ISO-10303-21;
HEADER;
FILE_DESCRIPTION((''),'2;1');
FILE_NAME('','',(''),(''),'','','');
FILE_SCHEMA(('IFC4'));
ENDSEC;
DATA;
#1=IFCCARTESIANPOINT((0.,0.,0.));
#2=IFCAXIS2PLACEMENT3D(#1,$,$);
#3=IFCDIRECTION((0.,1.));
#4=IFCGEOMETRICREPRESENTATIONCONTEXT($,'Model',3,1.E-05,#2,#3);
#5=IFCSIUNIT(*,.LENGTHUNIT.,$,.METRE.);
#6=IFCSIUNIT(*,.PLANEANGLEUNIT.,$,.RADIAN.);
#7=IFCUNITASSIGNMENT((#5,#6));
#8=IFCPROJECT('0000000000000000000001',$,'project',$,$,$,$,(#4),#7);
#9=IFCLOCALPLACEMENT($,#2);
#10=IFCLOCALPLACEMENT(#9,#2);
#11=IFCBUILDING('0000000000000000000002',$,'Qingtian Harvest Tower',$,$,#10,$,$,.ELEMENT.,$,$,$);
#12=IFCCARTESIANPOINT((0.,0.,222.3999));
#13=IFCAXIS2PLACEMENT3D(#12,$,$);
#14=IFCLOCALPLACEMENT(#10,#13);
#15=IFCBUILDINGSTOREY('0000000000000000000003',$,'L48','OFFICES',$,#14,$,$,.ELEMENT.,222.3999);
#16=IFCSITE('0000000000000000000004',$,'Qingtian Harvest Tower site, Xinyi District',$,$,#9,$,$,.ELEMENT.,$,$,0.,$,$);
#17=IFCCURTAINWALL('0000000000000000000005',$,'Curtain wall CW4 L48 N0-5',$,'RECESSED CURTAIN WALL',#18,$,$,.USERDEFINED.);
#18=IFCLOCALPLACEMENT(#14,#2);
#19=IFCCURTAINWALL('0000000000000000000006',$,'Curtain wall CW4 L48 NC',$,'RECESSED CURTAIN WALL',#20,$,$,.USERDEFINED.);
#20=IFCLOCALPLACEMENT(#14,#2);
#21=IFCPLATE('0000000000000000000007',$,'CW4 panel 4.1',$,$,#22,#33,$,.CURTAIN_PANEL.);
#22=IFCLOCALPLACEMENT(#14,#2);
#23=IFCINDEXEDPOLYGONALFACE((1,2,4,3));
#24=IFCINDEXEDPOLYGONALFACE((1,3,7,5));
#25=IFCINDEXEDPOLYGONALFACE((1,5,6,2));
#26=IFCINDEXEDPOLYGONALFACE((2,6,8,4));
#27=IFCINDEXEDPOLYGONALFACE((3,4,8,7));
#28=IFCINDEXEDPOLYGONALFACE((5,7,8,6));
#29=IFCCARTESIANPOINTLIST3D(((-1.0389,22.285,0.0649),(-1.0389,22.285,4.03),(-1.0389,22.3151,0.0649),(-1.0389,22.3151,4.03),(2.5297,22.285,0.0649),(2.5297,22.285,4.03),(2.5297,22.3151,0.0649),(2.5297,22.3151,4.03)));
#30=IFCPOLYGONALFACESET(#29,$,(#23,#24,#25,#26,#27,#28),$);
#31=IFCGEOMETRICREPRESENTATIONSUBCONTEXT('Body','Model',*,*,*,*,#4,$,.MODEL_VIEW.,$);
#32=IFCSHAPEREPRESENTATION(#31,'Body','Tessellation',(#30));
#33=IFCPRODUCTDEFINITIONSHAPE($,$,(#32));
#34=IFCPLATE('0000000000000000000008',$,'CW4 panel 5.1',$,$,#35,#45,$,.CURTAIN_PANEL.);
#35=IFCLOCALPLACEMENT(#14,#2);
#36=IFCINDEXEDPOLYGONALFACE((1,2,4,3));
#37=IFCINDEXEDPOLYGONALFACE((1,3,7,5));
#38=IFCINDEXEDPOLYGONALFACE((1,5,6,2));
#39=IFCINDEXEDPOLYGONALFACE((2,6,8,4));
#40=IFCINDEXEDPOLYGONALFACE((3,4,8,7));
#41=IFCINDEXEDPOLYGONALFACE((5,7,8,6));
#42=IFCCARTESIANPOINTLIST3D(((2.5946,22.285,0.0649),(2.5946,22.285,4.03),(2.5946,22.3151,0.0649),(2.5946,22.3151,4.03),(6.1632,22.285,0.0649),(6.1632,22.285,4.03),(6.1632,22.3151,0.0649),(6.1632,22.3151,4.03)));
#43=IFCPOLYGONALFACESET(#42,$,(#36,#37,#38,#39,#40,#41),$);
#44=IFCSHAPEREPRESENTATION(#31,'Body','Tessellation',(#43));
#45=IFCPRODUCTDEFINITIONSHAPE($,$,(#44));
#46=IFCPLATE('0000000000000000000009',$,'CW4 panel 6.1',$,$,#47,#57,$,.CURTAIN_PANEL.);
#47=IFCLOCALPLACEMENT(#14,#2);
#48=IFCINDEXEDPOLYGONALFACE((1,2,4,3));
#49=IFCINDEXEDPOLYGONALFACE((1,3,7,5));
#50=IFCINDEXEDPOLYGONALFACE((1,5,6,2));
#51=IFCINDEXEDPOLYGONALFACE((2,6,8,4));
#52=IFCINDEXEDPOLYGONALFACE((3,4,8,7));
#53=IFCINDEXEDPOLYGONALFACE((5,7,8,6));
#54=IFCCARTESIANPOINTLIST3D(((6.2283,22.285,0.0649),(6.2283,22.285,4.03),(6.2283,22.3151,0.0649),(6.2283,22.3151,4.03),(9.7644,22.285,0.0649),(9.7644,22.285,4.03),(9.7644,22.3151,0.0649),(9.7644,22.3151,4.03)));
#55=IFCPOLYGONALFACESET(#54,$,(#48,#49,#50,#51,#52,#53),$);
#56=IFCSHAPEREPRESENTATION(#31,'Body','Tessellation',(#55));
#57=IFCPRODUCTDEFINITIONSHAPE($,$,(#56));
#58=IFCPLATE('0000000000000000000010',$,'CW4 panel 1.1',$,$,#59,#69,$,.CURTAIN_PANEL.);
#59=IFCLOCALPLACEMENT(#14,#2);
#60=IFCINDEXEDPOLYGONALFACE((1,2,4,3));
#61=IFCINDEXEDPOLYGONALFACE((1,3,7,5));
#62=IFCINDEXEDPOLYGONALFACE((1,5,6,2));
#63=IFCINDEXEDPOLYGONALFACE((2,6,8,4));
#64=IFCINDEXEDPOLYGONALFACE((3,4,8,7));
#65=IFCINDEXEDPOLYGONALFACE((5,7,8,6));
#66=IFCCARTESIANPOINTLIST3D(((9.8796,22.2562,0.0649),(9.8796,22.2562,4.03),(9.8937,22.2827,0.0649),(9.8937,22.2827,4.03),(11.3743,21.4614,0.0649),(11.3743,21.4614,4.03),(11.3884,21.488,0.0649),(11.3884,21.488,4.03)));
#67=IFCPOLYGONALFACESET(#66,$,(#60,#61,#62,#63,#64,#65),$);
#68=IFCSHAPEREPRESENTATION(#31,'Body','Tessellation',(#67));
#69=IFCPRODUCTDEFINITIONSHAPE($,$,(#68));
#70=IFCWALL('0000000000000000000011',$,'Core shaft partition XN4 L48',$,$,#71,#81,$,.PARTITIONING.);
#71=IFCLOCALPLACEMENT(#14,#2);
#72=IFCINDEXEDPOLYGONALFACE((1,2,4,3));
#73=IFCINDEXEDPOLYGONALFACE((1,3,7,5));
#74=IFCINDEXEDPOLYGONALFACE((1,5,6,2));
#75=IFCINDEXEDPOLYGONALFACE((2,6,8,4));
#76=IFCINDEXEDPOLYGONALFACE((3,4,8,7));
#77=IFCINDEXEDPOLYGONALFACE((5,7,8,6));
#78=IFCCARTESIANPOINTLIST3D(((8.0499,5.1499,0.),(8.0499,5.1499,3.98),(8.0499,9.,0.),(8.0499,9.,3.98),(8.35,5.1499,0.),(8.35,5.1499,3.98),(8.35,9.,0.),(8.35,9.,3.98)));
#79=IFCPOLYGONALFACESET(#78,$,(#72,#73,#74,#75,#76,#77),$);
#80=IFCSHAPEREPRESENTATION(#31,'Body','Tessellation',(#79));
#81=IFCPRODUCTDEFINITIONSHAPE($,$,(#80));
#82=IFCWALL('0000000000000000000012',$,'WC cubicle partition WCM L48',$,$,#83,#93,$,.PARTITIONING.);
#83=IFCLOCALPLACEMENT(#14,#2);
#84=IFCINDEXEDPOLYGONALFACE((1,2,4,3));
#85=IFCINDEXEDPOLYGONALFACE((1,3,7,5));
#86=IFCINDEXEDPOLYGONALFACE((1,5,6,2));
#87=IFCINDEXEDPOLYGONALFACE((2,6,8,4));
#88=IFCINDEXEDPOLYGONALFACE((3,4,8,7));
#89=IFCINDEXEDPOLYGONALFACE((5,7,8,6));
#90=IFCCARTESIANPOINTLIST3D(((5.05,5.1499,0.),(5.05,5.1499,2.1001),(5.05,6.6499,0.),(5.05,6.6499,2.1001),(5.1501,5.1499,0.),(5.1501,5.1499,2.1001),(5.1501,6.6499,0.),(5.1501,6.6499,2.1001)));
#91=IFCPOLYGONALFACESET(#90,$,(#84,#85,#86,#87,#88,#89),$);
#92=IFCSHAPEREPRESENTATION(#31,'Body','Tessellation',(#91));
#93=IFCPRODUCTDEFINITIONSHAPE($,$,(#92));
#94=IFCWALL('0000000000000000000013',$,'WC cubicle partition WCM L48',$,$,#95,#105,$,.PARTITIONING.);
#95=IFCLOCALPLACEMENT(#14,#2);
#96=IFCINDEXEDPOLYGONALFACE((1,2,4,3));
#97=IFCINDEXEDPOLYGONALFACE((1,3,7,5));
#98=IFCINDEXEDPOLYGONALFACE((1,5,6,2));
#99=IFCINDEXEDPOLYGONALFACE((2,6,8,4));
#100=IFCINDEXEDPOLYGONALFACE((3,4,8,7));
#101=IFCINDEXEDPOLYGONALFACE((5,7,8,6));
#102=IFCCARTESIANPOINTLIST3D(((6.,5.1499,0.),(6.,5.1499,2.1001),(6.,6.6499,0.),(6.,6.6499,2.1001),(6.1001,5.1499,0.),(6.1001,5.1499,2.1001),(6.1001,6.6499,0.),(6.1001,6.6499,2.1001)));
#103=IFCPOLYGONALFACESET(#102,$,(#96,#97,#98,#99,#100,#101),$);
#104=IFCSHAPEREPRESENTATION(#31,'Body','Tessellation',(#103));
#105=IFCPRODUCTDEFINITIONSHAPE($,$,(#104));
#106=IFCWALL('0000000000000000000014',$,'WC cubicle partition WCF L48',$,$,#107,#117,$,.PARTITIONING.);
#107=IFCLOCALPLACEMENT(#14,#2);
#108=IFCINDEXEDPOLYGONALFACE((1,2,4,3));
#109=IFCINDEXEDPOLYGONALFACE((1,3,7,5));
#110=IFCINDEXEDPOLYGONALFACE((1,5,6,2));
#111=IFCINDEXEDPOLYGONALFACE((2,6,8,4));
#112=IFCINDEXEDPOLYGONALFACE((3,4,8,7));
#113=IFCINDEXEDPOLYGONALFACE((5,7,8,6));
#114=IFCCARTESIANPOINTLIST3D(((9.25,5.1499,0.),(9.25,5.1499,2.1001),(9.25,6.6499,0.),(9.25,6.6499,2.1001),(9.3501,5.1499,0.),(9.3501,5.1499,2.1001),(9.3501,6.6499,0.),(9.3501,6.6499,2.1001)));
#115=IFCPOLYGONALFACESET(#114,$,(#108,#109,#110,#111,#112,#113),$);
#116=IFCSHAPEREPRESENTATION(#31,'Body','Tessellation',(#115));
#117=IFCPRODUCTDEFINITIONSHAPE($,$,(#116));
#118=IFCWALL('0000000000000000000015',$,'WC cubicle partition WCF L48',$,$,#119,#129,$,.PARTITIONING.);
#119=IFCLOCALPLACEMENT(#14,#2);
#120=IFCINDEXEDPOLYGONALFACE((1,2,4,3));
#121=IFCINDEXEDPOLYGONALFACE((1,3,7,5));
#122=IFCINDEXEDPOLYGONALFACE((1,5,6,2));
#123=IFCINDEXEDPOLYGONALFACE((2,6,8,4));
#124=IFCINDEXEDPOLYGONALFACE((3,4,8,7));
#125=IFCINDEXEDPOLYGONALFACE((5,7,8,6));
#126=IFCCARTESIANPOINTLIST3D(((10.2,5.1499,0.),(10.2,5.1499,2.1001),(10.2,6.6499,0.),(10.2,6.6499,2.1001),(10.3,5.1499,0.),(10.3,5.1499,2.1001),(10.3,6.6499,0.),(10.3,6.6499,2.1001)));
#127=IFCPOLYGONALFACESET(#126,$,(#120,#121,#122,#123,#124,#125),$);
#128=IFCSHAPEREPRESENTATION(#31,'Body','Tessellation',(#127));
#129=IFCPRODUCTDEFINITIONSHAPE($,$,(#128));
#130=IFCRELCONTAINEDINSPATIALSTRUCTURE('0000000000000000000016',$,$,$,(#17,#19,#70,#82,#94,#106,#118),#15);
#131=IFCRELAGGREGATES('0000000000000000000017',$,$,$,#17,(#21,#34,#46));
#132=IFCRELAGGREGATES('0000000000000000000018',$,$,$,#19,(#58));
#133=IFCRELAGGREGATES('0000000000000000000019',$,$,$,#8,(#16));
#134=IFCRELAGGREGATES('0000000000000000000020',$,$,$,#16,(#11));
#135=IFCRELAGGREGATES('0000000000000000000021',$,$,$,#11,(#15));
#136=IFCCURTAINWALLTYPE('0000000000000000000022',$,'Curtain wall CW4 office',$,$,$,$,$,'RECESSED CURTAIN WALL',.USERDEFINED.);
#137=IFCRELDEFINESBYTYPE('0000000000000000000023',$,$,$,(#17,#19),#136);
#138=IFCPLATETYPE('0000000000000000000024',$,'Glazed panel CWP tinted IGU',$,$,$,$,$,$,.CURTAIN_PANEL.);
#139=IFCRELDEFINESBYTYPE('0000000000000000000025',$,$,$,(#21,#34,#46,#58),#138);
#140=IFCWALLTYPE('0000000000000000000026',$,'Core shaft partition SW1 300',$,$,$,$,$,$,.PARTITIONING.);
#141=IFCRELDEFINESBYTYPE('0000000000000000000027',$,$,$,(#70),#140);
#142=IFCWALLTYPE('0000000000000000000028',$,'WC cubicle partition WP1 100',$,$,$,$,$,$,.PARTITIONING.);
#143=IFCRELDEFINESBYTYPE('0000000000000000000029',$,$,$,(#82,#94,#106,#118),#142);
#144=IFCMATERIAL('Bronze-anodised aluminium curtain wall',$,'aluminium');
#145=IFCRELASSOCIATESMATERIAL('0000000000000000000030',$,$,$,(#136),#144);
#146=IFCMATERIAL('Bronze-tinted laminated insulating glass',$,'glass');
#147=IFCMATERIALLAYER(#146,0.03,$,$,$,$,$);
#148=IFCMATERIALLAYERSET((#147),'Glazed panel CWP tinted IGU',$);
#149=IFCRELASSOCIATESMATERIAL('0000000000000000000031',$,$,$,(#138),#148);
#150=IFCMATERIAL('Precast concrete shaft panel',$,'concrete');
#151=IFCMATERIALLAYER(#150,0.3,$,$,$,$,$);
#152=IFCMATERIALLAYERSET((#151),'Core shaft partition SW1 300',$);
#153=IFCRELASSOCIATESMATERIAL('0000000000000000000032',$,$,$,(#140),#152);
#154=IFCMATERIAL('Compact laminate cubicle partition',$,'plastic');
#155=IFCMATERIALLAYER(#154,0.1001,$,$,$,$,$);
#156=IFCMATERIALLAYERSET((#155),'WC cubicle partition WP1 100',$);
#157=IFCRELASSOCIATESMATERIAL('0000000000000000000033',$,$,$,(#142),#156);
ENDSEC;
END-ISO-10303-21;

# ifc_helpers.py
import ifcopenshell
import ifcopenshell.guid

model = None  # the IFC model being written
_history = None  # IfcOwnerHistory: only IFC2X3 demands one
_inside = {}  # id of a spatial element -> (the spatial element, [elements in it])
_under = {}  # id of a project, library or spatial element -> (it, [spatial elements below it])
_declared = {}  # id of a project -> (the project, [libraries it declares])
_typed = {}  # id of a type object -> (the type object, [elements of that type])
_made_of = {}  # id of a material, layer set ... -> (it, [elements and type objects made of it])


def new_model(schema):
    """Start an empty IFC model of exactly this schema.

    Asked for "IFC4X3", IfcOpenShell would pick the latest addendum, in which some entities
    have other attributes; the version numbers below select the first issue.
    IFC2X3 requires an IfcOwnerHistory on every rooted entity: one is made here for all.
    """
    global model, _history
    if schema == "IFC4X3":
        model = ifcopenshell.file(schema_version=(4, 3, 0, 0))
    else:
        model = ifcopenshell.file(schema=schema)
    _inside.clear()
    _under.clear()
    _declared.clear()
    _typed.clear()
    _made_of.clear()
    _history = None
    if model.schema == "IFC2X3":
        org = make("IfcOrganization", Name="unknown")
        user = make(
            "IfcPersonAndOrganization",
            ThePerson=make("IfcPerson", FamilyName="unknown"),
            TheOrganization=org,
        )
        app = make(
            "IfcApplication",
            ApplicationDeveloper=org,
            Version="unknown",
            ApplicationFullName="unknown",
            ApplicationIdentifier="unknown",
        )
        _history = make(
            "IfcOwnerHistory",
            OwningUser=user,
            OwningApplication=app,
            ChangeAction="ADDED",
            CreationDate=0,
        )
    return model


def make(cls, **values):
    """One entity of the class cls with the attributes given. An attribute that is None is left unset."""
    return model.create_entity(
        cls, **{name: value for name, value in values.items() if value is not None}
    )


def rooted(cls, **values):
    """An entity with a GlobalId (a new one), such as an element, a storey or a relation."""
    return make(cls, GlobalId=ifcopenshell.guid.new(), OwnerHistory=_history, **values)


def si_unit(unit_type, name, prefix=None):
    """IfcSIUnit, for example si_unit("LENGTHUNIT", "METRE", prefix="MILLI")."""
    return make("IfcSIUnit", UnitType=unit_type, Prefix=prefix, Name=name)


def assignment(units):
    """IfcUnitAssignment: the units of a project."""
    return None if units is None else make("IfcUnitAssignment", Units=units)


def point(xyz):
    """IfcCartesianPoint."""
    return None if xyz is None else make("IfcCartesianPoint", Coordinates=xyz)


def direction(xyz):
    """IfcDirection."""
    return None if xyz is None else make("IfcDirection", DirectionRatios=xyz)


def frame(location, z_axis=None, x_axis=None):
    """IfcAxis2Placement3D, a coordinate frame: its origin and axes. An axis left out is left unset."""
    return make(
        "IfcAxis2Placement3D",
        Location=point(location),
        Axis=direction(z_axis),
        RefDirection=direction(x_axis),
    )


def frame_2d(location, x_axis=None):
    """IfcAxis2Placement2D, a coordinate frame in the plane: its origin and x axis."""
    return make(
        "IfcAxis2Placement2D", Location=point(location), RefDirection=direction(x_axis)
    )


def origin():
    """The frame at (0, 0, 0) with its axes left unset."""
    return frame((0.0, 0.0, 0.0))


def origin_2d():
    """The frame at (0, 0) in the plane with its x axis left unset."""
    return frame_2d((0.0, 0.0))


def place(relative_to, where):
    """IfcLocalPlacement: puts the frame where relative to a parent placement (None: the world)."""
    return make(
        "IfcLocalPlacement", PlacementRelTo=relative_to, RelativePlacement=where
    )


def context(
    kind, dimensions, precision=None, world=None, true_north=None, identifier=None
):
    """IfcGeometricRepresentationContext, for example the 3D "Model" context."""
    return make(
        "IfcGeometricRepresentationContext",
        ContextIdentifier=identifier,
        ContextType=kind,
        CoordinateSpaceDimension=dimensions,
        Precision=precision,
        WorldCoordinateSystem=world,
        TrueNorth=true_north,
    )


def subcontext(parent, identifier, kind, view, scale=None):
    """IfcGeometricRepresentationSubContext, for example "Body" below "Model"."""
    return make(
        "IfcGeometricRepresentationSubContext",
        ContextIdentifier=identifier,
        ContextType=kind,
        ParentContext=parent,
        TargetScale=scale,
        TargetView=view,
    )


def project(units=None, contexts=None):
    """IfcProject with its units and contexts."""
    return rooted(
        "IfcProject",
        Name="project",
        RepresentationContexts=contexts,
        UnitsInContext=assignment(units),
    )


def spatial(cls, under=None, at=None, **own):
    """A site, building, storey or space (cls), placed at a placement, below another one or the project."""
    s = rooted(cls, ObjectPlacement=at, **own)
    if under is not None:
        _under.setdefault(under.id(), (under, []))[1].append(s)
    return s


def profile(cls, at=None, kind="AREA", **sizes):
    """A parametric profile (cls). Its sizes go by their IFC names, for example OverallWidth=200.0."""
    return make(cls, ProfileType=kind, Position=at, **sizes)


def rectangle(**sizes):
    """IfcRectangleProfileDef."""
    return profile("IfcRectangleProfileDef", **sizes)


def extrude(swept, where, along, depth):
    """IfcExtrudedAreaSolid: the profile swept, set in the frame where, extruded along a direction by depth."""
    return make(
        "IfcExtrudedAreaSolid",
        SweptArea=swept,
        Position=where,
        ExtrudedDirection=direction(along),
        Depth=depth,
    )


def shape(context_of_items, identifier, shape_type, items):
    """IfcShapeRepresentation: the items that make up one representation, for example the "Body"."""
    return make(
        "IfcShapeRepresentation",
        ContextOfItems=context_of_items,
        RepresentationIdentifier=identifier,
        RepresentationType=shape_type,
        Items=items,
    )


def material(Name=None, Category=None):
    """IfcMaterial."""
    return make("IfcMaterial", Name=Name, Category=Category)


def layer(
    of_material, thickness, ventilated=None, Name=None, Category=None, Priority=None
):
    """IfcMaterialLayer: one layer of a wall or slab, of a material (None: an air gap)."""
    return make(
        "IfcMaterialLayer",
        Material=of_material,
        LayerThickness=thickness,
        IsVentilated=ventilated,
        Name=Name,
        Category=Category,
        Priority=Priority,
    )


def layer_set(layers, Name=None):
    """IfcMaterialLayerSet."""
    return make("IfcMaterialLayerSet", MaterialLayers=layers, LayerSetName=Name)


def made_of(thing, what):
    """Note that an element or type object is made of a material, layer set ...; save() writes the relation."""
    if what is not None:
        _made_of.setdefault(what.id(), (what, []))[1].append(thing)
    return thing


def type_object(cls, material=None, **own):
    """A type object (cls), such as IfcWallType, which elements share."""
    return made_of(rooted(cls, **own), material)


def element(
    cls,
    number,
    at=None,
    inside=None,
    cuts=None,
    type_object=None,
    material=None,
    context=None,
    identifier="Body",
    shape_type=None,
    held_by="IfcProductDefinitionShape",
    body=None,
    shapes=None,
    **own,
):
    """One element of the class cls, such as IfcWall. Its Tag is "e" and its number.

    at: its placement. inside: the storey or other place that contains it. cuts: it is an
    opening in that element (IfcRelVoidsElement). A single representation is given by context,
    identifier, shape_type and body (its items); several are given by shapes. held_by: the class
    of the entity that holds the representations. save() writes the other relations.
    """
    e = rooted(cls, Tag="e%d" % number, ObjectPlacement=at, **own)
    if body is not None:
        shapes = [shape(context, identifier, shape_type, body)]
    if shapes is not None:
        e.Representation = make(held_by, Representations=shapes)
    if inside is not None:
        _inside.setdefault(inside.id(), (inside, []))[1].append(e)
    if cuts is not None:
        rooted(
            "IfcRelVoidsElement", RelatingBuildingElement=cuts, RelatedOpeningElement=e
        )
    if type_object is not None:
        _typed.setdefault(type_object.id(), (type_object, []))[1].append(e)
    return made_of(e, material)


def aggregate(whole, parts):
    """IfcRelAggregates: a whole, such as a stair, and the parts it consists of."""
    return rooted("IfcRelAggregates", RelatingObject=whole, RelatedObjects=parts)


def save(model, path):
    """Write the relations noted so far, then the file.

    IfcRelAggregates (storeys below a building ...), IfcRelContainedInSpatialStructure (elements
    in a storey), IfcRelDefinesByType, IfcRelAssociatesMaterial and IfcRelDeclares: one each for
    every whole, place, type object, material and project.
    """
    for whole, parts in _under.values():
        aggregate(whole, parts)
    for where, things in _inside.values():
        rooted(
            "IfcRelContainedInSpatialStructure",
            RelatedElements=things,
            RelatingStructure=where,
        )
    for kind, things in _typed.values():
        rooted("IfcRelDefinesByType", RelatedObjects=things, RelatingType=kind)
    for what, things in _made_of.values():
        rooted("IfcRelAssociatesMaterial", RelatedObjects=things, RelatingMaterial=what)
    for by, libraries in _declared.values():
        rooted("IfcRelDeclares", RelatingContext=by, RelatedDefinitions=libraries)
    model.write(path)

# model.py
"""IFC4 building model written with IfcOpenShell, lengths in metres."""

from ifc_helpers import new_model, si_unit, direction, frame, frame_2d, origin, origin_2d, place, context, subcontext, project, spatial, rectangle, extrude, material, layer, layer_set, type_object, element, aggregate, save


model = new_model("IFC4")

# Units and contexts
model_context = context("Model", 3, precision=1e-05, world=origin(), true_north=direction((0.0, 1.0)))
body_context = subcontext(model_context, "Body", "Model", "MODEL_VIEW")
ifc_project = project(units=[si_unit("LENGTHUNIT", "METRE"), si_unit("PLANEANGLEUNIT", "RADIAN")], contexts=[model_context])

# Site, building, storey
site_placement = place(None, origin())
site = spatial("IfcSite", under=ifc_project, at=site_placement, Name="Qingtian Harvest Tower site, Xinyi District", CompositionType="ELEMENT", RefElevation=0.0)
building_placement = place(site_placement, origin())
building = spatial("IfcBuilding", under=site, at=building_placement, Name="Qingtian Harvest Tower", CompositionType="ELEMENT")
storey_placement = place(building_placement, frame((0.0, 0.0, 222.3999)))
storey = spatial("IfcBuildingStorey", under=building, at=storey_placement, Name="L48", Description="OFFICES", CompositionType="ELEMENT", Elevation=222.3999)

# Curtain walls
ifc_material_1 = material(Name="Bronze-anodised aluminium curtain wall", Category="aluminium")
curtain_wall_type = type_object("IfcCurtainWallType", Name="Curtain wall CW4 office", ElementType="RECESSED CURTAIN WALL", PredefinedType="USERDEFINED", material=ifc_material_1)
curtain_wall_1_placement = place(storey_placement, origin())
curtain_wall_1 = element("IfcCurtainWall", 1, at=curtain_wall_1_placement, inside=storey, type_object=curtain_wall_type, Name="Curtain wall CW4 L48 N0-5", ObjectType="RECESSED CURTAIN WALL", PredefinedType="USERDEFINED")
curtain_wall_2_placement = place(storey_placement, origin())
curtain_wall_2 = element("IfcCurtainWall", 2, at=curtain_wall_2_placement, inside=storey, type_object=curtain_wall_type, Name="Curtain wall CW4 L48 NC", ObjectType="RECESSED CURTAIN WALL", PredefinedType="USERDEFINED")

# Plates
ifc_material_2 = material(Name="Bronze-tinted laminated insulating glass", Category="glass")
ifc_layer_1 = layer(ifc_material_2, 0.03)
ifc_layer_set_1 = layer_set([ifc_layer_1], Name="Glazed panel CWP tinted IGU")
plate_type = type_object("IfcPlateType", Name="Glazed panel CWP tinted IGU", PredefinedType="CURTAIN_PANEL", material=ifc_layer_set_1)
plate_1_placement = place(storey_placement, frame((0.7454, 22.3, 0.0649), z_axis=(0.0, 0.0, 1.0), x_axis=(1.0, 0.0, 0.0)))
plate_1 = element("IfcPlate", 3, at=plate_1_placement, type_object=plate_type, Name="CW4 panel 4.1", PredefinedType="CURTAIN_PANEL", context=body_context, shape_type="SweptSolid", body=[
    extrude(rectangle(XDim=3.5686, YDim=0.03, at=origin_2d()), origin(), (0.0, 0.0, 1.0), 3.9651),
])
plate_2_placement = place(storey_placement, frame((4.3789, 22.3, 0.0649), z_axis=(0.0, 0.0, 1.0), x_axis=(1.0, 0.0, 0.0)))
plate_2 = element("IfcPlate", 4, at=plate_2_placement, type_object=plate_type, Name="CW4 panel 5.1", PredefinedType="CURTAIN_PANEL", context=body_context, shape_type="SweptSolid", body=[
    extrude(rectangle(XDim=3.5686, YDim=0.03, at=origin_2d()), origin(), (0.0, 0.0, 1.0), 3.9651),
])
plate_3_placement = place(storey_placement, frame((7.9963, 22.3, 0.0649), z_axis=(0.0, 0.0, 1.0), x_axis=(1.0, 0.0, 0.0)))
plate_3 = element("IfcPlate", 5, at=plate_3_placement, type_object=plate_type, Name="CW4 panel 6.1", PredefinedType="CURTAIN_PANEL", context=body_context, shape_type="SweptSolid", body=[
    extrude(rectangle(XDim=3.5361, YDim=0.03, at=origin_2d()), origin(), (0.0, 0.0, 1.0), 3.9651),
])
aggregate(curtain_wall_1, [plate_1, plate_2, plate_3])
plate_4_placement = place(storey_placement, frame((10.634, 21.8721, 0.0649), z_axis=(0.0, 0.0, 1.0), x_axis=(0.882948, -0.469472, 0.0)))
plate_4 = element("IfcPlate", 6, at=plate_4_placement, type_object=plate_type, Name="CW4 panel 1.1", PredefinedType="CURTAIN_PANEL", context=body_context, shape_type="SweptSolid", body=[
    extrude(rectangle(XDim=1.6929, YDim=0.03, at=origin_2d()), origin(), (0.0, 0.0, 1.0), 3.9651),
])
aggregate(curtain_wall_2, [plate_4])

# Walls
ifc_material_3 = material(Name="Precast concrete shaft panel", Category="concrete")
ifc_layer_2 = layer(ifc_material_3, 0.3)
ifc_layer_set_2 = layer_set([ifc_layer_2], Name="Core shaft partition SW1 300")
wall_type_1 = type_object("IfcWallType", Name="Core shaft partition SW1 300", PredefinedType="PARTITIONING", material=ifc_layer_set_2)
wall_placement = place(storey_placement, frame((8.2, 5.1499, 0.0), z_axis=(0.0, 0.0, 1.0), x_axis=(0.0, 1.0, 0.0)))
element("IfcWall", 7, at=wall_placement, inside=storey, type_object=wall_type_1, Name="Core shaft partition XN4 L48", PredefinedType="PARTITIONING", context=body_context, shape_type="SweptSolid", body=[
    extrude(rectangle(XDim=3.8501, YDim=0.3, at=frame_2d((1.925, 0.0))), origin(), (0.0, 0.0, 1.0), 3.98),
])
ifc_material_4 = material(Name="Compact laminate cubicle partition", Category="plastic")
ifc_layer_3 = layer(ifc_material_4, 0.1001)
ifc_layer_set_3 = layer_set([ifc_layer_3], Name="WC cubicle partition WP1 100")
wall_type_2 = type_object("IfcWallType", Name="WC cubicle partition WP1 100", PredefinedType="PARTITIONING", material=ifc_layer_set_3)
for number, where, z_axis, x_axis, name in (
    (8, (5.1001, 5.1499, 0.0), (0.0, 0.0, 1.0), (0.0, 1.0, 0.0), "WC cubicle partition WCM L48"),
    (9, (6.05, 5.1499, 0.0), (0.0, 0.0, 1.0), (0.0, 1.0, 0.0), "WC cubicle partition WCM L48"),
    (10, (9.3, 5.1499, 0.0), (0.0, 0.0, 1.0), (0.0, 1.0, 0.0), "WC cubicle partition WCF L48"),
    (11, (10.25, 5.1499, 0.0), (0.0, 0.0, 1.0), (0.0, 1.0, 0.0), "WC cubicle partition WCF L48"),
):
    element("IfcWall", number, at=place(storey_placement, frame(where, z_axis=z_axis, x_axis=x_axis)), inside=storey, type_object=wall_type_2, Name=name, PredefinedType="PARTITIONING", context=body_context, shape_type="SweptSolid", body=[
        extrude(rectangle(XDim=1.5, YDim=0.1001, at=frame_2d((0.75, 0.0))), origin(), (0.0, 0.0, 1.0), 2.1001),
    ])

save(model, "model.ifc")
